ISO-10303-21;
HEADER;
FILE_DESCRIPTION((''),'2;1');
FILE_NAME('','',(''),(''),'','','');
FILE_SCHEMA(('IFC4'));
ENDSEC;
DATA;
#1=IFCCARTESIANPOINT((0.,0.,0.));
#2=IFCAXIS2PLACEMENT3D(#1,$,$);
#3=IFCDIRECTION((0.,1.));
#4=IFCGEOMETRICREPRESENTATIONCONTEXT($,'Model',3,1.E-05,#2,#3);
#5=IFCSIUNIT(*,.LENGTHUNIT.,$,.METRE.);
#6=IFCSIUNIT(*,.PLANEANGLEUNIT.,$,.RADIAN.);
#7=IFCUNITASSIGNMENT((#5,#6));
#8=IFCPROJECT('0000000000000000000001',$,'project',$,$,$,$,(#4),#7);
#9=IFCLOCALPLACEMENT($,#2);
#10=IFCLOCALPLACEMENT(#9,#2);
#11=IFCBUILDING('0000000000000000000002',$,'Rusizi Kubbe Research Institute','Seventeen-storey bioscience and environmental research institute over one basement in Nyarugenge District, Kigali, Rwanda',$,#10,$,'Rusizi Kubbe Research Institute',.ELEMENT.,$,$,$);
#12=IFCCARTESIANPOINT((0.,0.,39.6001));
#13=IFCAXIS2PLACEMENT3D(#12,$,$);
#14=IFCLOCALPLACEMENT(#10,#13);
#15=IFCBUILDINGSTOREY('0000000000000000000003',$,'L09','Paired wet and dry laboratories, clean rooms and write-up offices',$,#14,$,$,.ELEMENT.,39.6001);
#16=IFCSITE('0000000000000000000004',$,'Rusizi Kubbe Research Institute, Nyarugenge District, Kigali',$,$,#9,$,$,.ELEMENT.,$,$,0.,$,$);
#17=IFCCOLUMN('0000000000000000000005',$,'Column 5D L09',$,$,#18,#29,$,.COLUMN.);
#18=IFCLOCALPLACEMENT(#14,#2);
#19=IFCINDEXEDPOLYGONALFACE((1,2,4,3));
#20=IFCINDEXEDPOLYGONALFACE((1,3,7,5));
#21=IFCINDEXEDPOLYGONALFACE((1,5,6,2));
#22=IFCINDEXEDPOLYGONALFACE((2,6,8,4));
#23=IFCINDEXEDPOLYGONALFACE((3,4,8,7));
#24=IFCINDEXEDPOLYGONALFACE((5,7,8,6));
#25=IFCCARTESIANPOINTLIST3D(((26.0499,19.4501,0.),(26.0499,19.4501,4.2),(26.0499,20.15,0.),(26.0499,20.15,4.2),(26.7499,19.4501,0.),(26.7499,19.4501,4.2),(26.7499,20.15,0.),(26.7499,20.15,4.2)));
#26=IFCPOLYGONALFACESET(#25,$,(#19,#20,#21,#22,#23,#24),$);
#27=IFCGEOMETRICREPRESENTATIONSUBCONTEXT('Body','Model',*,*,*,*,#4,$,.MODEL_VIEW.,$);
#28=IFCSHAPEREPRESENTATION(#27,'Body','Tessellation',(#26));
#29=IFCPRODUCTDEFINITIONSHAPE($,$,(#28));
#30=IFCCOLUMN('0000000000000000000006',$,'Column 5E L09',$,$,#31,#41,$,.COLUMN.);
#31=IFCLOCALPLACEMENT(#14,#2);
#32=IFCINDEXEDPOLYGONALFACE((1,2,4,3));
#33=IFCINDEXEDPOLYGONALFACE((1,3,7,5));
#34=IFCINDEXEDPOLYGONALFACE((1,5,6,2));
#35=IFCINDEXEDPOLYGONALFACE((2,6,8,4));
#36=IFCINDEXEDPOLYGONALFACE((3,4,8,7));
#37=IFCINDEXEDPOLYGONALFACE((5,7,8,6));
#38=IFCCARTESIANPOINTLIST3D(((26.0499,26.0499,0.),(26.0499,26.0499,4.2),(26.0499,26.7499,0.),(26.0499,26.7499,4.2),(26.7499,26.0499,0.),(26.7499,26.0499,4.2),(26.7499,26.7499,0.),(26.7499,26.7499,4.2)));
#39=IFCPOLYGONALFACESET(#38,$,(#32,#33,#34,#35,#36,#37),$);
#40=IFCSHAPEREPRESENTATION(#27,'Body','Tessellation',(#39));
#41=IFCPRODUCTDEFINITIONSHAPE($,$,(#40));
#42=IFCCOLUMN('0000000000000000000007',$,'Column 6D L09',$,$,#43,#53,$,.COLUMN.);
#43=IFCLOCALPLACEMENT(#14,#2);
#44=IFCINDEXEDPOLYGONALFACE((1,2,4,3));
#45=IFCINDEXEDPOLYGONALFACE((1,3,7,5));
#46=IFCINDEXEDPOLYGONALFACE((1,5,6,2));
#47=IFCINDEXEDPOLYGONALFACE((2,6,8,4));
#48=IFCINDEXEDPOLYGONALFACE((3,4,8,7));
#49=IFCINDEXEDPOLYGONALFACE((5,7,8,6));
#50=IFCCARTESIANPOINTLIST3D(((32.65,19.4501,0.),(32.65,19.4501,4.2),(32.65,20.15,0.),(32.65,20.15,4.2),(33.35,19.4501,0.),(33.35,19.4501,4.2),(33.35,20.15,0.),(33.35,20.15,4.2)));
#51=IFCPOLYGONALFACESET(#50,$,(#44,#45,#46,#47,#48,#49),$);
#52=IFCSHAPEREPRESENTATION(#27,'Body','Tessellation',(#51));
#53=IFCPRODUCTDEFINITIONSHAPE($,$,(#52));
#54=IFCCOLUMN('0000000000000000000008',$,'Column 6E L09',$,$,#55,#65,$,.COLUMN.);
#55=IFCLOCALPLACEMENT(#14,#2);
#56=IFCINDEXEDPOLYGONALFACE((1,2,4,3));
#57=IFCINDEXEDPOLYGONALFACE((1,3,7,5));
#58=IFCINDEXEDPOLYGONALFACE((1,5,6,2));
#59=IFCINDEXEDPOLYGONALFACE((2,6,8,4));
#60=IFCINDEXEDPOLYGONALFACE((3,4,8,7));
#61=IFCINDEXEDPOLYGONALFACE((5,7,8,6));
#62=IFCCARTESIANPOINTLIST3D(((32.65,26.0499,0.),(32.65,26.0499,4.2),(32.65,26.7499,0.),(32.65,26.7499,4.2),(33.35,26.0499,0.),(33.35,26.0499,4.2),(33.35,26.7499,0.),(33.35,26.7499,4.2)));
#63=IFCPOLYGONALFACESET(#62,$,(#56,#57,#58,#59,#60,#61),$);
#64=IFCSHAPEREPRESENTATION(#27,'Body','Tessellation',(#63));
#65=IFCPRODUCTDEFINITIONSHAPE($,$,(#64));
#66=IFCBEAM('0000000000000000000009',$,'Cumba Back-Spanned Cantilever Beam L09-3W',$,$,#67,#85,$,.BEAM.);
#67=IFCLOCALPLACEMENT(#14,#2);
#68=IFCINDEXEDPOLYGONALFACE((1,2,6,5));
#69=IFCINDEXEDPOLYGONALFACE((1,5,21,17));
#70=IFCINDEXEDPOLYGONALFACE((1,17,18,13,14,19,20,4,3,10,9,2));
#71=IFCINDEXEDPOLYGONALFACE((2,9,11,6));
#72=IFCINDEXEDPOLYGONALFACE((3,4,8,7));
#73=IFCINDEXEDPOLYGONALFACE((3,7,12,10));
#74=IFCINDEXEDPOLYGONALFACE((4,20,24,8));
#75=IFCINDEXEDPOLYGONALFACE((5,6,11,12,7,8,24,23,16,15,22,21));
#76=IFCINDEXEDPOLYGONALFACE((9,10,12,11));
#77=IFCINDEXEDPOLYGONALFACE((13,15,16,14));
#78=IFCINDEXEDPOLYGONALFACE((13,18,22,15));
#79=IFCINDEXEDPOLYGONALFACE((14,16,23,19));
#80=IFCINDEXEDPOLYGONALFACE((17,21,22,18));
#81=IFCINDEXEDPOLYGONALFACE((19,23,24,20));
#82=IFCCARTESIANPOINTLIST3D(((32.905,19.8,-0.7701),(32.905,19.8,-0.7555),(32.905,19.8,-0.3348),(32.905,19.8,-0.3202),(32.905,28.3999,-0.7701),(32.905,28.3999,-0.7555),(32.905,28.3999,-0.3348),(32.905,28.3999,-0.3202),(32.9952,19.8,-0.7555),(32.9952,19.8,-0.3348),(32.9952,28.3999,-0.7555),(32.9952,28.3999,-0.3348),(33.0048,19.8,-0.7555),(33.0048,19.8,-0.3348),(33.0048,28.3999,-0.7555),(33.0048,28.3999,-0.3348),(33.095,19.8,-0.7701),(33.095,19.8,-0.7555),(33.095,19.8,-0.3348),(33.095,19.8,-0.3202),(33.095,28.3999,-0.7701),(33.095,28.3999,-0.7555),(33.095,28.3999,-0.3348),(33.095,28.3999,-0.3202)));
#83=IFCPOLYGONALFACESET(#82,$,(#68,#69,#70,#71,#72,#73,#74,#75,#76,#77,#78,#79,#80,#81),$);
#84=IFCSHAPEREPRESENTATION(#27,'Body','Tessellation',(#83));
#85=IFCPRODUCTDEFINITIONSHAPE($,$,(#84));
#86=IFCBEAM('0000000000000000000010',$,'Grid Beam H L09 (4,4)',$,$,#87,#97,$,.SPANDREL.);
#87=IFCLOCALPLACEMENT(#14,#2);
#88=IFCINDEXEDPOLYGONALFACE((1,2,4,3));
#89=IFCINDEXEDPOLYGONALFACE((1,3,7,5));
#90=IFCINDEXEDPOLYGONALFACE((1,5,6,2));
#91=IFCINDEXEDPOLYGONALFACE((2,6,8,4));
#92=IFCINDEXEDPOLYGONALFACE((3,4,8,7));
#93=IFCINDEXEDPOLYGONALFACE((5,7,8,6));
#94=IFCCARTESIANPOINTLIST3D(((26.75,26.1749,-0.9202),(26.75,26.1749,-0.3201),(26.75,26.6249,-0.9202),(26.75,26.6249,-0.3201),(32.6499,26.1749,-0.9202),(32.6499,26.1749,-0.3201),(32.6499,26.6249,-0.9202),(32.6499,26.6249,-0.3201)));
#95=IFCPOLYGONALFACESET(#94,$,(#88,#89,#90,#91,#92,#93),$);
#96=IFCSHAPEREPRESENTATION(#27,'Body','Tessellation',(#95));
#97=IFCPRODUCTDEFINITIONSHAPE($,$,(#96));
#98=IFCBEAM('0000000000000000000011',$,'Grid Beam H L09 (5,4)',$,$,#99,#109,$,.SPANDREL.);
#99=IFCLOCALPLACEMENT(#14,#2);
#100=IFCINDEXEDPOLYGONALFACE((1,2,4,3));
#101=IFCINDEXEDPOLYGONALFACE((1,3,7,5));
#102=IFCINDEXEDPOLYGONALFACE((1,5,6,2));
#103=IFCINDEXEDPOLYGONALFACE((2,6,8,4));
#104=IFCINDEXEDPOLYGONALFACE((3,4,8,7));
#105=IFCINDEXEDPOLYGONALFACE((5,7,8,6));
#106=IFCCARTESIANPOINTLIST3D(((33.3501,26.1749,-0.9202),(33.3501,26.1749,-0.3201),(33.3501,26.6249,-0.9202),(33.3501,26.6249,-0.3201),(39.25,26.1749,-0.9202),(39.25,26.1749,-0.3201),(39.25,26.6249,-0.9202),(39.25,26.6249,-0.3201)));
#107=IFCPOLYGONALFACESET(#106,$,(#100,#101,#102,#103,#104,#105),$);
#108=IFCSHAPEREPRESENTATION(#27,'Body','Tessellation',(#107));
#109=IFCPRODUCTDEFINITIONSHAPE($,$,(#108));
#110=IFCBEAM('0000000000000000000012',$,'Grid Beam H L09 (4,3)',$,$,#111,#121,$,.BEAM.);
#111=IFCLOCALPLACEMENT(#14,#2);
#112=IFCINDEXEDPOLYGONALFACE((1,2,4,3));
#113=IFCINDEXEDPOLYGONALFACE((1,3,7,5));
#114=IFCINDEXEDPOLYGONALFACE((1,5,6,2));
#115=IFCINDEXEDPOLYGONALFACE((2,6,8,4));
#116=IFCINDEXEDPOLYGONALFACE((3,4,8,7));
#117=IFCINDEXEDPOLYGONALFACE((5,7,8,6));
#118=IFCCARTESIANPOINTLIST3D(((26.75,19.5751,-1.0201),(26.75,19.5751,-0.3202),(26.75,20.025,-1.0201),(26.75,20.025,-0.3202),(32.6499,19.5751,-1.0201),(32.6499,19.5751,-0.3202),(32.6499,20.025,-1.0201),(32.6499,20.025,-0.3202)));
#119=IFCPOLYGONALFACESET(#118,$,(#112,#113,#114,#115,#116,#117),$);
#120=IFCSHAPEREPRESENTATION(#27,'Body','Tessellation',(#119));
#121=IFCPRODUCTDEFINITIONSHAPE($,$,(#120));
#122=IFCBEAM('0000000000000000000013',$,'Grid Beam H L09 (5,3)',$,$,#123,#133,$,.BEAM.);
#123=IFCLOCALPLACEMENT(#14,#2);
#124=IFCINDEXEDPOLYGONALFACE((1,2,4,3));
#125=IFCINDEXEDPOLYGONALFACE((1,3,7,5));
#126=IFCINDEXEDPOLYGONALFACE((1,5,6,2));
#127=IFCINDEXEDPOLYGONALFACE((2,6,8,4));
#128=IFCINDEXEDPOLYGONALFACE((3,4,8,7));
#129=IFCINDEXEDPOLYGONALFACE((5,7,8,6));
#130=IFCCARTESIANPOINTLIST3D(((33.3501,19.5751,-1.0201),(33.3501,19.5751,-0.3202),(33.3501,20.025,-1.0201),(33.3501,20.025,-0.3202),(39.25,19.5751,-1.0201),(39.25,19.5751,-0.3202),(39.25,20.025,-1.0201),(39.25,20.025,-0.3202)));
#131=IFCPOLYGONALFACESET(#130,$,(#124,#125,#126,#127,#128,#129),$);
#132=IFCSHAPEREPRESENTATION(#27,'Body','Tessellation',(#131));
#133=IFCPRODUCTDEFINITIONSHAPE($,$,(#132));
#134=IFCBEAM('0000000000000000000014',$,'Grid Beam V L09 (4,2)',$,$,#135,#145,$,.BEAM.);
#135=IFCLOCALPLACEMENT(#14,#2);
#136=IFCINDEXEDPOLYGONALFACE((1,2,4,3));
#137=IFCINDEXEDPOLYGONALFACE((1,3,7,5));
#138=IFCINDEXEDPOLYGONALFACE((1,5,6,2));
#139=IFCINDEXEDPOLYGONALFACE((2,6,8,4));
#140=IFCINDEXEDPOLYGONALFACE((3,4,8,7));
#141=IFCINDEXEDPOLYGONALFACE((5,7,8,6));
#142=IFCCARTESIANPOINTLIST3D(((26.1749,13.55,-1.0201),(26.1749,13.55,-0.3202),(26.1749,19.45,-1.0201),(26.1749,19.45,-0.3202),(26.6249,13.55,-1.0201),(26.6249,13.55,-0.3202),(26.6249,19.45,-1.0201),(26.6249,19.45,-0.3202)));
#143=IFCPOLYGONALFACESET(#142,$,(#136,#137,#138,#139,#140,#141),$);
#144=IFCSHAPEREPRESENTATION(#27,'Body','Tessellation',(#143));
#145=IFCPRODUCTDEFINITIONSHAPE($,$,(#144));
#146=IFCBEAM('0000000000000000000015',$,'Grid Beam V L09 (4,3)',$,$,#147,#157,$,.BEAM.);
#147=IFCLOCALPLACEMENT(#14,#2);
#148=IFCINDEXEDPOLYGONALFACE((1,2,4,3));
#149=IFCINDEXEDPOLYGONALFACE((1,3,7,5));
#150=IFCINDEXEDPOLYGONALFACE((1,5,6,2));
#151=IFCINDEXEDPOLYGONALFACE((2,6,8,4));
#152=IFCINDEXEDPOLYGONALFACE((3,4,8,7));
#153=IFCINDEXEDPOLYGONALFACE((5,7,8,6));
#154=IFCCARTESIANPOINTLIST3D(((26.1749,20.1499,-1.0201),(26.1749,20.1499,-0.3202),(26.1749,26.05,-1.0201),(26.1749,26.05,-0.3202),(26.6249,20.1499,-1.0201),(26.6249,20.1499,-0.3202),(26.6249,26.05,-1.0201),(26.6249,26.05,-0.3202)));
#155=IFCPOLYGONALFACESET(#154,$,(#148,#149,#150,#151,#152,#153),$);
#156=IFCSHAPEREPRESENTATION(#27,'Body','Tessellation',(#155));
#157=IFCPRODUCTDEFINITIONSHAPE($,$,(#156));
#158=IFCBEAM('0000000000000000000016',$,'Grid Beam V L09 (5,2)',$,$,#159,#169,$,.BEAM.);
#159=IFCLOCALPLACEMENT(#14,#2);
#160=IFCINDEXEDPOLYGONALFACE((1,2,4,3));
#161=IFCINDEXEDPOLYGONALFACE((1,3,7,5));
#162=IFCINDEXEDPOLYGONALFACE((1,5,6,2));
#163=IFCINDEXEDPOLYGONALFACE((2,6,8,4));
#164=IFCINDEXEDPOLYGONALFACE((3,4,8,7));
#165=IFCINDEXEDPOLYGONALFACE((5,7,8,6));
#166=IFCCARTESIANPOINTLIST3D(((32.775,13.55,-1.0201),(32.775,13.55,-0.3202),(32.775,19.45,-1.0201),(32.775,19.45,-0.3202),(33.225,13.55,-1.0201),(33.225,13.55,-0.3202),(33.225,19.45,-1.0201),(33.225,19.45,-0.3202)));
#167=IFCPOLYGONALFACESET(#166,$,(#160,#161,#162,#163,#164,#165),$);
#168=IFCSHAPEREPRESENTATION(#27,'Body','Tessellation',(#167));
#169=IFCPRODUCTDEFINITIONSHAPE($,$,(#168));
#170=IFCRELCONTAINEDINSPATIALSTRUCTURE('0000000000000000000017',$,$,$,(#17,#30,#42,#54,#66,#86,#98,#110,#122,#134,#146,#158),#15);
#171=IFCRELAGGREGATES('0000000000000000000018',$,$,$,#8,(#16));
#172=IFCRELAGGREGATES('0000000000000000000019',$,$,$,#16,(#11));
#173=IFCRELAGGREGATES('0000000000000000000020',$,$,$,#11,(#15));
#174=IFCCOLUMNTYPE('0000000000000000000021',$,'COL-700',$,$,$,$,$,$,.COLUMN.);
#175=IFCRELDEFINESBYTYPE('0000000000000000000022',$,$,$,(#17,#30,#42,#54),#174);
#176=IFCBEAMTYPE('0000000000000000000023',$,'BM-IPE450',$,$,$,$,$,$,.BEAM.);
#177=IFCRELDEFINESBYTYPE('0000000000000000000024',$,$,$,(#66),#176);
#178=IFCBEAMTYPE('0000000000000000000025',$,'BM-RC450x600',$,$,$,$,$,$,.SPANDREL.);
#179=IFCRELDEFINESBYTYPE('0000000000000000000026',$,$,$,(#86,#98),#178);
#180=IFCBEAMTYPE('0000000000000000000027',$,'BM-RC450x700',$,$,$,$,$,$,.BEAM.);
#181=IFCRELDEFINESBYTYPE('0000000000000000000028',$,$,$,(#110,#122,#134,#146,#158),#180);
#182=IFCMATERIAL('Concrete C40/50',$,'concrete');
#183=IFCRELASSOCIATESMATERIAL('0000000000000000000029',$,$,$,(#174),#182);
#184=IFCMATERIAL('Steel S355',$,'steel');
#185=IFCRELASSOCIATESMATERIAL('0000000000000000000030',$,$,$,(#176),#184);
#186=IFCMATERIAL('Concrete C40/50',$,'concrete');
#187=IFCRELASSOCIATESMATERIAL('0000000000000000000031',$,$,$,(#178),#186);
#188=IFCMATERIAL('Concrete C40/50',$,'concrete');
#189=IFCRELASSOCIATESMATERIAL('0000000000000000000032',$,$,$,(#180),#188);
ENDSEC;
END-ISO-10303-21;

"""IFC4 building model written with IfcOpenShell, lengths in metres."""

from ifc_helpers import new_model, si_unit, direction, frame, origin, origin_2d, place, context, subcontext, project, spatial, rectangle, i_section, extrude, material, material_profile, profile_set, type_object, element, save


model = new_model("IFC4")

# Units and contexts
model_context = context("Model", 3, precision=1e-05, world=origin(), true_north=direction((0.0, 1.0)))
body_context = subcontext(model_context, "Body", "Model", "MODEL_VIEW")
ifc_project = project(units=[si_unit("LENGTHUNIT", "METRE"), si_unit("PLANEANGLEUNIT", "RADIAN")], contexts=[model_context])

# Site, building, storey
site_placement = place(None, origin())
site = spatial("IfcSite", under=ifc_project, at=site_placement, Name="Rusizi Kubbe Research Institute, Nyarugenge District, Kigali", CompositionType="ELEMENT", RefElevation=0.0)
building_placement = place(site_placement, origin())
building = spatial("IfcBuilding", under=site, at=building_placement, Name="Rusizi Kubbe Research Institute", Description="Seventeen-storey bioscience and environmental research institute over one basement in Nyarugenge District, Kigali, Rwanda", LongName="Rusizi Kubbe Research Institute", CompositionType="ELEMENT")
storey_placement = place(building_placement, frame((0.0, 0.0, 39.6001)))
storey = spatial("IfcBuildingStorey", under=building, at=storey_placement, Name="L09", Description="Paired wet and dry laboratories, clean rooms and write-up offices", CompositionType="ELEMENT", Elevation=39.6001)

# Columns
ifc_material_1 = material(Name="Concrete C40/50", Category="concrete")
ifc_material_profile_1 = material_profile(ifc_material_1, rectangle(XDim=0.7, YDim=0.7, at=origin_2d()), Name="RC700x700")
ifc_profile_set_1 = profile_set([ifc_material_profile_1], Name="Concrete C40/50")
column_type = type_object("IfcColumnType", Name="COL-700", PredefinedType="COLUMN", material=ifc_profile_set_1)
for number, where, z_axis, x_axis, name in (
    (1, (26.3999, 19.8, 0.0), (0.0, 0.0, 1.0), (1.0, 0.0, 0.0), "Column 5D L09"),
    (2, (26.3999, 26.3999, 0.0), (0.0, 0.0, 1.0), (1.0, 0.0, 0.0), "Column 5E L09"),
    (3, (33.0, 19.8, 0.0), (0.0, 0.0, 1.0), (1.0, 0.0, 0.0), "Column 6D L09"),
    (4, (33.0, 26.3999, 0.0), (0.0, 0.0, 1.0), (1.0, 0.0, 0.0), "Column 6E L09"),
):
    element("IfcColumn", number, at=place(storey_placement, frame(where, z_axis=z_axis, x_axis=x_axis)), inside=storey, type_object=column_type, Name=name, PredefinedType="COLUMN", context=body_context, shape_type="SweptSolid", body=[
        extrude(rectangle(XDim=0.7, YDim=0.7, at=origin_2d()), origin(), (0.0, 0.0, 1.0), 4.2),
    ])

# Beams
ifc_material_2 = material(Name="Steel S355", Category="steel")
ifc_material_profile_2 = material_profile(ifc_material_2, i_section(OverallWidth=0.1899, OverallDepth=0.45, WebThickness=0.0095, FlangeThickness=0.0146, at=origin_2d()), Name="IPE 450")
ifc_profile_set_2 = profile_set([ifc_material_profile_2], Name="Steel S355")
beam_type_1 = type_object("IfcBeamType", Name="BM-IPE450", PredefinedType="BEAM", material=ifc_profile_set_2)
beam_1_placement = place(storey_placement, frame((33.0, 19.8, -0.5452), z_axis=(0.0, 1.0, 0.0), x_axis=(-1.0, 0.0, 0.0)))
element("IfcBeam", 5, at=beam_1_placement, inside=storey, type_object=beam_type_1, Name="Cumba Back-Spanned Cantilever Beam L09-3W", PredefinedType="BEAM", context=body_context, shape_type="SweptSolid", body=[
    extrude(i_section(OverallWidth=0.1899, OverallDepth=0.45, WebThickness=0.0095, FlangeThickness=0.0146, at=origin_2d()), origin(), (0.0, 0.0, 1.0), 8.5999),
])
ifc_material_3 = material(Name="Concrete C40/50", Category="concrete")
ifc_material_profile_3 = material_profile(ifc_material_3, rectangle(XDim=0.45, YDim=0.6001, at=origin_2d()), Name="RC450x600")
ifc_profile_set_3 = profile_set([ifc_material_profile_3], Name="Concrete C40/50")
beam_type_2 = type_object("IfcBeamType", Name="BM-RC450x600", PredefinedType="SPANDREL", material=ifc_profile_set_3)
for number, where, z_axis, x_axis, name in (
    (6, (26.75, 26.3999, -0.6201), (1.0, 0.0, 0.0), (0.0, 1.0, 0.0), "Grid Beam H L09 (4,4)"),
    (7, (33.3501, 26.3999, -0.6201), (1.0, 0.0, 0.0), (0.0, 1.0, 0.0), "Grid Beam H L09 (5,4)"),
):
    element("IfcBeam", number, at=place(storey_placement, frame(where, z_axis=z_axis, x_axis=x_axis)), inside=storey, type_object=beam_type_2, Name=name, PredefinedType="SPANDREL", context=body_context, shape_type="SweptSolid", body=[
        extrude(rectangle(XDim=0.45, YDim=0.6001, at=origin_2d()), origin(), (0.0, 0.0, 1.0), 5.8999),
    ])
ifc_material_4 = material(Name="Concrete C40/50", Category="concrete")
ifc_material_profile_4 = material_profile(ifc_material_4, rectangle(XDim=0.45, YDim=0.7, at=origin_2d()), Name="RC450x700B")
ifc_profile_set_4 = profile_set([ifc_material_profile_4], Name="Concrete C40/50")
beam_type_3 = type_object("IfcBeamType", Name="BM-RC450x700", PredefinedType="BEAM", material=ifc_profile_set_4)
for number, where, z_axis, x_axis, name in (
    (8, (26.75, 19.8, -0.6702), (1.0, 0.0, 0.0), (0.0, 1.0, 0.0), "Grid Beam H L09 (4,3)"),
    (9, (33.3501, 19.8, -0.6702), (1.0, 0.0, 0.0), (0.0, 1.0, 0.0), "Grid Beam H L09 (5,3)"),
    (10, (26.3999, 13.55, -0.6702), (0.0, 1.0, 0.0), (-1.0, 0.0, 0.0), "Grid Beam V L09 (4,2)"),
):
    element("IfcBeam", number, at=place(storey_placement, frame(where, z_axis=z_axis, x_axis=x_axis)), inside=storey, type_object=beam_type_3, Name=name, PredefinedType="BEAM", context=body_context, shape_type="SweptSolid", body=[
        extrude(rectangle(XDim=0.45, YDim=0.7, at=origin_2d()), origin(), (0.0, 0.0, 1.0), 5.8999),
    ])
beam_2_placement = place(storey_placement, frame((26.3999, 20.1499, -0.6702), z_axis=(0.0, 1.0, 0.0), x_axis=(-1.0, 0.0, 0.0)))
element("IfcBeam", 11, at=beam_2_placement, inside=storey, type_object=beam_type_3, Name="Grid Beam V L09 (4,3)", PredefinedType="BEAM", context=body_context, shape_type="SweptSolid", body=[
    extrude(rectangle(XDim=0.45, YDim=0.7, at=origin_2d()), origin(), (0.0, 0.0, 1.0), 5.9001),
])
beam_3_placement = place(storey_placement, frame((33.0, 13.55, -0.6702), z_axis=(0.0, 1.0, 0.0), x_axis=(-1.0, 0.0, 0.0)))
element("IfcBeam", 12, at=beam_3_placement, inside=storey, type_object=beam_type_3, Name="Grid Beam V L09 (5,2)", PredefinedType="BEAM", context=body_context, shape_type="SweptSolid", body=[
    extrude(rectangle(XDim=0.45, YDim=0.7, at=origin_2d()), origin(), (0.0, 0.0, 1.0), 5.8999),
])

save(model, "model.ifc")
